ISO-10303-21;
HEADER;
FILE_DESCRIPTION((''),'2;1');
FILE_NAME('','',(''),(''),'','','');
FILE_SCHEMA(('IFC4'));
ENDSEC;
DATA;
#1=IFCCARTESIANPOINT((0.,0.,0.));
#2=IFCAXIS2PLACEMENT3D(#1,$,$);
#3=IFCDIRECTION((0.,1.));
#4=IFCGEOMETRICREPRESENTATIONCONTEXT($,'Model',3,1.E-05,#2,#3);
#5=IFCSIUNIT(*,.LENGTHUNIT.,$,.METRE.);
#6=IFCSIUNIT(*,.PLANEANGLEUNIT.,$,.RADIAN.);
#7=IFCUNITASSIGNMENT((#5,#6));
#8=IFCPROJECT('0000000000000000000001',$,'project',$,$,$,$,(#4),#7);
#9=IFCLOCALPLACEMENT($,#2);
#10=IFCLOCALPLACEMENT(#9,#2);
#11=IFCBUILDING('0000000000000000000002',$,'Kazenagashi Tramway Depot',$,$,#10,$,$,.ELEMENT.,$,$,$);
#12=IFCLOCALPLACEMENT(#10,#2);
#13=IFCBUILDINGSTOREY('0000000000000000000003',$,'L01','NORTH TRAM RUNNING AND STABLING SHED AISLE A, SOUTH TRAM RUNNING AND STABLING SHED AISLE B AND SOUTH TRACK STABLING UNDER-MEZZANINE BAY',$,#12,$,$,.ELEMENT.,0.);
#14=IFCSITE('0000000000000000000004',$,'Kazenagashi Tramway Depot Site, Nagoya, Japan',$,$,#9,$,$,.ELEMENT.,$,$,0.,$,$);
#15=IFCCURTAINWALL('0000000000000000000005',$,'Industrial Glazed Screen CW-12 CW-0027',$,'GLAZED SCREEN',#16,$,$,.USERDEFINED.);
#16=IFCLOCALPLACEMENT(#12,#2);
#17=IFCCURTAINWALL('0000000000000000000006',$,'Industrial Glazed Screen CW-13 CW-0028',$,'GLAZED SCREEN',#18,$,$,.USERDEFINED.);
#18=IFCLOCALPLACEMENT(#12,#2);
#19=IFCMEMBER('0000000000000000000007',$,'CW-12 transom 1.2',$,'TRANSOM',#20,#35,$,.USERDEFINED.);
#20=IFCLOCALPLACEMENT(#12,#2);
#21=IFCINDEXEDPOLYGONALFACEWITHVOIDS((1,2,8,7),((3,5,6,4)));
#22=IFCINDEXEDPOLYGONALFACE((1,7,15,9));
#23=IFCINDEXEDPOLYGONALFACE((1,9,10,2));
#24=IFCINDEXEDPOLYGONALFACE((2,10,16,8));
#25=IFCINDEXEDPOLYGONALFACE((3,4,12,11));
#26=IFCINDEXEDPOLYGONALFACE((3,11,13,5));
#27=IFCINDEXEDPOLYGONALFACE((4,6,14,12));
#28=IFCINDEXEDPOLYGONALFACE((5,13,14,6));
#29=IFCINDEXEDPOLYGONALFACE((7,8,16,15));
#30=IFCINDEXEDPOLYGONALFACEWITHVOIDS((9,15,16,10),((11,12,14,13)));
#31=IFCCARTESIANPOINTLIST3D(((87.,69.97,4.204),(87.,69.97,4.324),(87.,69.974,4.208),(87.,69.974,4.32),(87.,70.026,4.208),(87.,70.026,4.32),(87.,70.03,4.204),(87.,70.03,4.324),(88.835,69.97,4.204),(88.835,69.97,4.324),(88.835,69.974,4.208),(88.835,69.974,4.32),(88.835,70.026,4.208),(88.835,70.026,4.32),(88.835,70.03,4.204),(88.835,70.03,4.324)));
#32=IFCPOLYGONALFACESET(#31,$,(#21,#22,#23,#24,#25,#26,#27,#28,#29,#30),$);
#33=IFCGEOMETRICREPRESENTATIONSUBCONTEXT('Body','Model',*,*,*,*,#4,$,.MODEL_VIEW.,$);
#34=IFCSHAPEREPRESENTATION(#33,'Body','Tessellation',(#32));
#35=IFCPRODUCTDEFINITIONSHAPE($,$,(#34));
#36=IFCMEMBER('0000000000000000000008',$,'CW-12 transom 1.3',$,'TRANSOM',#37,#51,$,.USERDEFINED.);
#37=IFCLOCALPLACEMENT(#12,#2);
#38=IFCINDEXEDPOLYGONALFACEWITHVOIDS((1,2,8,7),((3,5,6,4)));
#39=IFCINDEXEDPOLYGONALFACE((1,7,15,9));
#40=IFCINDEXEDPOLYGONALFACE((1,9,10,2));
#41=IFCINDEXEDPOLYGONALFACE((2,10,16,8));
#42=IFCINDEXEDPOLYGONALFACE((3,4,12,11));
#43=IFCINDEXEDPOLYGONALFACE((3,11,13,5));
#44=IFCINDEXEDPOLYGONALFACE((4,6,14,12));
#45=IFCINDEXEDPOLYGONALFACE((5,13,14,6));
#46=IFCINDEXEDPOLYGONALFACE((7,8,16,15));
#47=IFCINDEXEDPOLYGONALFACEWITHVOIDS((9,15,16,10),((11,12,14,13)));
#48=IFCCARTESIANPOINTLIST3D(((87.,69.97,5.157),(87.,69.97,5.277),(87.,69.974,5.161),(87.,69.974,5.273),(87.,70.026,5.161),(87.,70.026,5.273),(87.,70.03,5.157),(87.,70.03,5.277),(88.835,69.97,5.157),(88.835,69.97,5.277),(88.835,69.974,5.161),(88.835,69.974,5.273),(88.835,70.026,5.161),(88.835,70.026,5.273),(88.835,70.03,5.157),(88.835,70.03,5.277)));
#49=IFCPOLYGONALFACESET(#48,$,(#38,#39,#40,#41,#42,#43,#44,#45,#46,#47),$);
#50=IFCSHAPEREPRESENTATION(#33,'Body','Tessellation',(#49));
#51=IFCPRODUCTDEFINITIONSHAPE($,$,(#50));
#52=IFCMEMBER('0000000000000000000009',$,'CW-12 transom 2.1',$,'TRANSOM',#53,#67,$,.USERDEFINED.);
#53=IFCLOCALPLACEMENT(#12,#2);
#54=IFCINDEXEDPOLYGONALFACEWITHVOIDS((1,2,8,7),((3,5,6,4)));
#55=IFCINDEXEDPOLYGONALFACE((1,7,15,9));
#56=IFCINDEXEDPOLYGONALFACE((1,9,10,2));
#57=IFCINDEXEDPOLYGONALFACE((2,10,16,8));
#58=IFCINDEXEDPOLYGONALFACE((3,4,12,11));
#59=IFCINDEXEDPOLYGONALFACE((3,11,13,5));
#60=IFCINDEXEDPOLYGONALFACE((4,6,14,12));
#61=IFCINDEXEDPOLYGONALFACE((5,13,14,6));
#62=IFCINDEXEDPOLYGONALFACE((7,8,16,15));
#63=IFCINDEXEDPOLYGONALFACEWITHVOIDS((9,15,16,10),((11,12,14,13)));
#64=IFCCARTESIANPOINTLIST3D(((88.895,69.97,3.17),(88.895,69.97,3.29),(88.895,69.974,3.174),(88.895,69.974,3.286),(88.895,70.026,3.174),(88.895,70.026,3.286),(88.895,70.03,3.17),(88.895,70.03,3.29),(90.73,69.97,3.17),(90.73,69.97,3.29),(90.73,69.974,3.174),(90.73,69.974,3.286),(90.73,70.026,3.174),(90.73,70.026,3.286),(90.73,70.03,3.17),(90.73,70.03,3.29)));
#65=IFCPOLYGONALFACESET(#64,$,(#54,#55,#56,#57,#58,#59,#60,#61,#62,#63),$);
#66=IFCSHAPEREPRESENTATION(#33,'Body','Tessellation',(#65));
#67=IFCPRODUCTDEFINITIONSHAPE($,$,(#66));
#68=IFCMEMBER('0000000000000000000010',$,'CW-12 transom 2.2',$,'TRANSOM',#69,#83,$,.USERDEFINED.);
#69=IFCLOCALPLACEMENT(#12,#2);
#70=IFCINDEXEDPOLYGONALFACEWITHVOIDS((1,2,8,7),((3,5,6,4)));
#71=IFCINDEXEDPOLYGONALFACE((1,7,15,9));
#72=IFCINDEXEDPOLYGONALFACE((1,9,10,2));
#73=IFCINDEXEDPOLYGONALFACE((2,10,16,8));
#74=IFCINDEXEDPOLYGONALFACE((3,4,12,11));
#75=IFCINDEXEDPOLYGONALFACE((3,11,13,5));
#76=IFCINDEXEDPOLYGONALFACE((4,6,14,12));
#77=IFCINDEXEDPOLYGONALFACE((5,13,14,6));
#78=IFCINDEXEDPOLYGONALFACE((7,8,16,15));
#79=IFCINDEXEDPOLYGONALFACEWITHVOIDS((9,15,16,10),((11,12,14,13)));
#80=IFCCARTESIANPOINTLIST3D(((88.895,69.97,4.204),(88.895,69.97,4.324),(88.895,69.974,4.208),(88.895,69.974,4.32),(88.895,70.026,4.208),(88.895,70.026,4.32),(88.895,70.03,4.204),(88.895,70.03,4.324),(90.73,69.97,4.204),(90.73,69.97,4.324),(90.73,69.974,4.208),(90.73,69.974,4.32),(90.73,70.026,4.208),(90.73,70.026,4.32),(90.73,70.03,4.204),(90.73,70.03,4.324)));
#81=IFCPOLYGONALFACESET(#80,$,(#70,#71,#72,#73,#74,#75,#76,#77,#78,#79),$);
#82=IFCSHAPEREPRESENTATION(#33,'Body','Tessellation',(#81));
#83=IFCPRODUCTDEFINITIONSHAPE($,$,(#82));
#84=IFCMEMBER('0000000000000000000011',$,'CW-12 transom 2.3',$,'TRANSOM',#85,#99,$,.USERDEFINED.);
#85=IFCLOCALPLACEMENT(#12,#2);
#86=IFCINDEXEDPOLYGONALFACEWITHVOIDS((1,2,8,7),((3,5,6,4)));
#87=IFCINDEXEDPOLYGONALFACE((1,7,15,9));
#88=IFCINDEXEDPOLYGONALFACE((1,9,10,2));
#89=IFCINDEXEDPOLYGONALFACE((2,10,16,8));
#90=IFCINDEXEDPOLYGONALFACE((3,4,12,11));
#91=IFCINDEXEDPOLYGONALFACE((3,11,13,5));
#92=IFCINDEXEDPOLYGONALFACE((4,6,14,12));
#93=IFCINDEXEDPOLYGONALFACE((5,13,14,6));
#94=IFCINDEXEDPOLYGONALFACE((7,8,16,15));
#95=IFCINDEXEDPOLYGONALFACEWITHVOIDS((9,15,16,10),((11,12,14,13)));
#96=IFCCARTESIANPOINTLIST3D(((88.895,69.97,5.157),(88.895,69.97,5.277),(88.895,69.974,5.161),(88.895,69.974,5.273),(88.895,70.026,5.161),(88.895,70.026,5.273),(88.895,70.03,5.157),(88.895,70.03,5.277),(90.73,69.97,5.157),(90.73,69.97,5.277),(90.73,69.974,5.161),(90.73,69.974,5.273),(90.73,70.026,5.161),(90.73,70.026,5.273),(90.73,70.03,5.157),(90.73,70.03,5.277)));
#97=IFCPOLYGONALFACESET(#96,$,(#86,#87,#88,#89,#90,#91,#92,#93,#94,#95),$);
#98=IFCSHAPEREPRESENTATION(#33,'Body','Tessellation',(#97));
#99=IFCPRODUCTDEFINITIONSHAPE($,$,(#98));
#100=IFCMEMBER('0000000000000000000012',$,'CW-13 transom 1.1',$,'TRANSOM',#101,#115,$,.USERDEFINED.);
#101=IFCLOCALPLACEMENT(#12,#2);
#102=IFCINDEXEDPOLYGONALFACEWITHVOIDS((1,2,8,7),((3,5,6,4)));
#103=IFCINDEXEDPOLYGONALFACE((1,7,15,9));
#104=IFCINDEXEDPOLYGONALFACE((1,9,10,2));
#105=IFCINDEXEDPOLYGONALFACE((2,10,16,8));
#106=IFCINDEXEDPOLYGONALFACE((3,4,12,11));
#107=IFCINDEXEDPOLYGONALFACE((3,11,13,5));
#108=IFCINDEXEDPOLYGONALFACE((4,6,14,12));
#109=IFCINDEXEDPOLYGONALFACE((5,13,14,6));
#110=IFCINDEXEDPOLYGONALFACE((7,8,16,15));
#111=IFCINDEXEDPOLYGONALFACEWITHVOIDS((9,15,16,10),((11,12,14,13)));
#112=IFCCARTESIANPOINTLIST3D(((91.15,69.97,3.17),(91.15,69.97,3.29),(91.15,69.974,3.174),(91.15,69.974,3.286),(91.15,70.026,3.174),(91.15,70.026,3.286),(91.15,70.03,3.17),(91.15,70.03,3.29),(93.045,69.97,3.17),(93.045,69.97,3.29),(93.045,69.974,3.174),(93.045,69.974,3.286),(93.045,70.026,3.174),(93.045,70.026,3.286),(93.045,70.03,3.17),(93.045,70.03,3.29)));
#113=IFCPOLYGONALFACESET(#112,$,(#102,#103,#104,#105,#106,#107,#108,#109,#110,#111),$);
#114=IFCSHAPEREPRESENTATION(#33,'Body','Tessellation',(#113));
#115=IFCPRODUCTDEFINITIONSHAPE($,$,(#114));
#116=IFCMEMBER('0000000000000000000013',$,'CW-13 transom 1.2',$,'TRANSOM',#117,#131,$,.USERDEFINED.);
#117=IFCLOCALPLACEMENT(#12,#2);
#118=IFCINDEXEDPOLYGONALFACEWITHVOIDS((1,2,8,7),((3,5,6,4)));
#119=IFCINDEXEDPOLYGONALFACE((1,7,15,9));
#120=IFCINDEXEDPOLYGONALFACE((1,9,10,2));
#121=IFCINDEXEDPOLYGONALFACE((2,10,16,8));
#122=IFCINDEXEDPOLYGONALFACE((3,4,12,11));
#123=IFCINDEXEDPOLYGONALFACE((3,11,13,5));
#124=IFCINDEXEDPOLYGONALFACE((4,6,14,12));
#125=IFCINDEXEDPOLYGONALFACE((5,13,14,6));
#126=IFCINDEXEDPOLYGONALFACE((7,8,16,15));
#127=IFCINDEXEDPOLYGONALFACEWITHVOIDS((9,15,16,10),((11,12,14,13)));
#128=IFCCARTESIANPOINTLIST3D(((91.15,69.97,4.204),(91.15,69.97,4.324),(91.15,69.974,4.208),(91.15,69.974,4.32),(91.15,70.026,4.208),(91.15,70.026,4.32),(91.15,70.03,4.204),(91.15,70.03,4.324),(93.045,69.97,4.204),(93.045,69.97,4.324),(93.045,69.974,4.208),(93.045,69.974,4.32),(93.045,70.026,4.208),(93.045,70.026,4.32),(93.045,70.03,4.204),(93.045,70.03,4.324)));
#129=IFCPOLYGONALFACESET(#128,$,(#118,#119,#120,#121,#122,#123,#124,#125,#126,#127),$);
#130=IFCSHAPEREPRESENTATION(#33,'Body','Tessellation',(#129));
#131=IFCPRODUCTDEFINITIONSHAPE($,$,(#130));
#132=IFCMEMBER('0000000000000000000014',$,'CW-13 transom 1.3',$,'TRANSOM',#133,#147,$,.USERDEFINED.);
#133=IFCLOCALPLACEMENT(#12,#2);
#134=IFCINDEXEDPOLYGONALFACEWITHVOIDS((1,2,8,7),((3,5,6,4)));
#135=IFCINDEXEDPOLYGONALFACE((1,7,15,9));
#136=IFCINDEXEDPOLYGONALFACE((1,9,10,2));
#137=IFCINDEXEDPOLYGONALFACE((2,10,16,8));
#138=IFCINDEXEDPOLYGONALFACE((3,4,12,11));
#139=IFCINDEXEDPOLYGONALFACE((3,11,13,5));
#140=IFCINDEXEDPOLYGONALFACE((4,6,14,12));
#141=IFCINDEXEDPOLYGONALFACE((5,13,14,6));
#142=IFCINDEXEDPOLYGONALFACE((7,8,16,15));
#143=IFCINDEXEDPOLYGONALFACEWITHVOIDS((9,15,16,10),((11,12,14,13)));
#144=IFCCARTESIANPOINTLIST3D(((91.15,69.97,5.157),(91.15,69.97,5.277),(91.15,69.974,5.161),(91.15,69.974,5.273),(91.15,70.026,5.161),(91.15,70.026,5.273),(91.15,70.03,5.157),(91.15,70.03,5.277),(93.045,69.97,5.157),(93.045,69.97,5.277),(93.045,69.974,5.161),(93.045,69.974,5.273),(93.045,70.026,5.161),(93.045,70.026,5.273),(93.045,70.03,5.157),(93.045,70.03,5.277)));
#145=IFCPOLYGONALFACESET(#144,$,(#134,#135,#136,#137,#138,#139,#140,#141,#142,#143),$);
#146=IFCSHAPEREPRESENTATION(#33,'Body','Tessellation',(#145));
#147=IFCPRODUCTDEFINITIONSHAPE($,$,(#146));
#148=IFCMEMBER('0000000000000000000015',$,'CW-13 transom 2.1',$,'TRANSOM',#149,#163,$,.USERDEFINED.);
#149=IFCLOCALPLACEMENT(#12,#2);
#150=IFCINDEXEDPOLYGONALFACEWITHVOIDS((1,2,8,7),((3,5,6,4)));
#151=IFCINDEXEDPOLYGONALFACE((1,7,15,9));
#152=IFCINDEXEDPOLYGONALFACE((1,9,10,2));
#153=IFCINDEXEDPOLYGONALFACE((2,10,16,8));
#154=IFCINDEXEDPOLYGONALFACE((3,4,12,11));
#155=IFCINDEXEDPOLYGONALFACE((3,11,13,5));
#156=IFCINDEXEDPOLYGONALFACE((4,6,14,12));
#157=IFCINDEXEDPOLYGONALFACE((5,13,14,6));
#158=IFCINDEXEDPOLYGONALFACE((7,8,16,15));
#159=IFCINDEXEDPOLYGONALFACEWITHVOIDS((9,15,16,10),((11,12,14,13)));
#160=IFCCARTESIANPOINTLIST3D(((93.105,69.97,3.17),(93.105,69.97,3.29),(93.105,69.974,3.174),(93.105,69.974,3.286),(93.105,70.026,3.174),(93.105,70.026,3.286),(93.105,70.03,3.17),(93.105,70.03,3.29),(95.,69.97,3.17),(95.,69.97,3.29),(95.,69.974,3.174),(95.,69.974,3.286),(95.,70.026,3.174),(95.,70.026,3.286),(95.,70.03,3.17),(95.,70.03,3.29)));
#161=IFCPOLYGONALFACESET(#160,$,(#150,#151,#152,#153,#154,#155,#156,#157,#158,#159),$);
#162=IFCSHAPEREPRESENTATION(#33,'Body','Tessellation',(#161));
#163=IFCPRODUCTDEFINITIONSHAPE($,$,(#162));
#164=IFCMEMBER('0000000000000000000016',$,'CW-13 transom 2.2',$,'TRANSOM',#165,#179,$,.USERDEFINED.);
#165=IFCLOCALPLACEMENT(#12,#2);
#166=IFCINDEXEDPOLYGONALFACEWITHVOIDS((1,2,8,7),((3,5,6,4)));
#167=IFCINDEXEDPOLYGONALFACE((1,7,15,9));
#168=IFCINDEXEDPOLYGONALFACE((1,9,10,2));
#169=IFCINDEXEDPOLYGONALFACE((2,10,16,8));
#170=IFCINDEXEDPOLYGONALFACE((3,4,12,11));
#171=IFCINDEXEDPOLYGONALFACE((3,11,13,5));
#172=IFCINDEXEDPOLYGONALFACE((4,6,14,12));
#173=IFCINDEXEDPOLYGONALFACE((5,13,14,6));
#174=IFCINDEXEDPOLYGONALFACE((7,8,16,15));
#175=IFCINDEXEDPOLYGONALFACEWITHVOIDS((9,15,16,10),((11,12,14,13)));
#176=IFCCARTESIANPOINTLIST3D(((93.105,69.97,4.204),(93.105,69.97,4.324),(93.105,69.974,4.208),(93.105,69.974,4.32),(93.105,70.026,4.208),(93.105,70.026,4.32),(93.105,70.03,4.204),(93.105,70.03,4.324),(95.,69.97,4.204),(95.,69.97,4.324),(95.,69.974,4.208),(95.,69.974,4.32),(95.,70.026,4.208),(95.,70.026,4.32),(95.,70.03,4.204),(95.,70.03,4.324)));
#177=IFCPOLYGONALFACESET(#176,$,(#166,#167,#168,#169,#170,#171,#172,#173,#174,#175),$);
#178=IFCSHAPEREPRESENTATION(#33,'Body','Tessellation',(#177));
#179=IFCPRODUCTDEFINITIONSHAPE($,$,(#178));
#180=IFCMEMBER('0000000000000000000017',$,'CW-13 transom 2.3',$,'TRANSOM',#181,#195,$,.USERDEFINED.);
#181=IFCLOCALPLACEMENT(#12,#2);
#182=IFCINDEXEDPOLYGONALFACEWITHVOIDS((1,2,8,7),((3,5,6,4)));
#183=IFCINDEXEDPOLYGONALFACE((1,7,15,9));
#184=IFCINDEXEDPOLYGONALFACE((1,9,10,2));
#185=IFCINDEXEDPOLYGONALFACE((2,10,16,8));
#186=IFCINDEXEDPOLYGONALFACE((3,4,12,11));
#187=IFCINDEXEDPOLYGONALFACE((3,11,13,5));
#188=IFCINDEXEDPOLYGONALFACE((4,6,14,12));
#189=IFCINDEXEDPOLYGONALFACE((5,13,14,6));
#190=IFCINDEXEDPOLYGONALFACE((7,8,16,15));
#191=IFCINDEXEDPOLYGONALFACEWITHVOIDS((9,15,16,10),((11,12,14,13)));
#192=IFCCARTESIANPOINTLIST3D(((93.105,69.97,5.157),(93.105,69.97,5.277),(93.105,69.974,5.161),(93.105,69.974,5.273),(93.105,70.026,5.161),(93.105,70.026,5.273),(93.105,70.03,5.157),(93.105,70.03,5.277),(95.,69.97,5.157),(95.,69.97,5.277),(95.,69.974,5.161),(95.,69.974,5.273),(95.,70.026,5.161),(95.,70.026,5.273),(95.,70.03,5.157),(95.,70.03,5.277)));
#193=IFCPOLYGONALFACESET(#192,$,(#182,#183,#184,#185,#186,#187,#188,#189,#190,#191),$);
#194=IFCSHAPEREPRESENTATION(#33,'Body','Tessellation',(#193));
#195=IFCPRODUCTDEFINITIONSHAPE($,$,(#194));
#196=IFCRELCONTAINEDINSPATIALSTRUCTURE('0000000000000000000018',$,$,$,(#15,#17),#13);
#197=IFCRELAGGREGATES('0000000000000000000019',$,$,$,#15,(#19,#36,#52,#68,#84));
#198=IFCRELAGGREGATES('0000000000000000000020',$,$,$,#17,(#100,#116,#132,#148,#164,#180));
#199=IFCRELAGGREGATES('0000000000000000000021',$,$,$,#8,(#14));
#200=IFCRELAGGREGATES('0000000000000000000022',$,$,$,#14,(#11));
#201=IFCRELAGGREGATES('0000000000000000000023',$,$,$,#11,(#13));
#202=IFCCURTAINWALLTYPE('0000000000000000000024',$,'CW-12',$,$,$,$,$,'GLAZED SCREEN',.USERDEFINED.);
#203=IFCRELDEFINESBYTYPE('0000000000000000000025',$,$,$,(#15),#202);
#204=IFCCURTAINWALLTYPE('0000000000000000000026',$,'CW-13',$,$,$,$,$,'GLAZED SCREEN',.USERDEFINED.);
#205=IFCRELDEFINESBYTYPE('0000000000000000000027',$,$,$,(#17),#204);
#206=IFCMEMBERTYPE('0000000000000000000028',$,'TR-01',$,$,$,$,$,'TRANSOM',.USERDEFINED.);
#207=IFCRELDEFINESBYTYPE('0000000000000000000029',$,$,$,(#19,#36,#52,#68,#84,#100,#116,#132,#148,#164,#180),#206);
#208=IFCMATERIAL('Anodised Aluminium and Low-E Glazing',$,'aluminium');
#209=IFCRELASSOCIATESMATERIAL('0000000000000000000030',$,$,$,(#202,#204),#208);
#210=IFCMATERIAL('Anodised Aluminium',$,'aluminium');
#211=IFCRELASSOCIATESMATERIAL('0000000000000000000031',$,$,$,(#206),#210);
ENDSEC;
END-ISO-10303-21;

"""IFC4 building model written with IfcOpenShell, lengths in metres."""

from ifc_helpers import new_model, si_unit, direction, frame, origin, origin_2d, place, context, subcontext, project, spatial, hollow_rectangle, extrude, material, material_profile, profile_set, type_object, element, aggregate, save


model = new_model("IFC4")

# Units and contexts
model_context = context("Model", 3, precision=1e-05, world=origin(), true_north=direction((0.0, 1.0)))
body_context = subcontext(model_context, "Body", "Model", "MODEL_VIEW")
ifc_project = project(units=[si_unit("LENGTHUNIT", "METRE"), si_unit("PLANEANGLEUNIT", "RADIAN")], contexts=[model_context])

# Site, building, storey
site_placement = place(None, origin())
site = spatial("IfcSite", under=ifc_project, at=site_placement, Name="Kazenagashi Tramway Depot Site, Nagoya, Japan", CompositionType="ELEMENT", RefElevation=0.0)
building_placement = place(site_placement, origin())
building = spatial("IfcBuilding", under=site, at=building_placement, Name="Kazenagashi Tramway Depot", CompositionType="ELEMENT")
storey_placement = place(building_placement, origin())
storey = spatial("IfcBuildingStorey", under=building, at=storey_placement, Name="L01", Description="NORTH TRAM RUNNING AND STABLING SHED AISLE A, SOUTH TRAM RUNNING AND STABLING SHED AISLE B AND SOUTH TRACK STABLING UNDER-MEZZANINE BAY", CompositionType="ELEMENT", Elevation=0.0)

# Curtain walls
ifc_material_1 = material(Name="Anodised Aluminium and Low-E Glazing", Category="aluminium")
curtain_wall_type_1 = type_object("IfcCurtainWallType", Name="CW-12", ElementType="GLAZED SCREEN", PredefinedType="USERDEFINED", material=ifc_material_1)
curtain_wall_1_placement = place(storey_placement, origin())
curtain_wall_1 = element("IfcCurtainWall", 1, at=curtain_wall_1_placement, inside=storey, type_object=curtain_wall_type_1, Name="Industrial Glazed Screen CW-12 CW-0027", ObjectType="GLAZED SCREEN", PredefinedType="USERDEFINED")
ifc_material_2 = material(Name="Anodised Aluminium", Category="aluminium")
curtain_wall_type_2 = type_object("IfcCurtainWallType", Name="CW-13", ElementType="GLAZED SCREEN", PredefinedType="USERDEFINED", material=ifc_material_1)
curtain_wall_2_placement = place(storey_placement, origin())
curtain_wall_2 = element("IfcCurtainWall", 2, at=curtain_wall_2_placement, inside=storey, type_object=curtain_wall_type_2, Name="Industrial Glazed Screen CW-13 CW-0028", ObjectType="GLAZED SCREEN", PredefinedType="USERDEFINED")

# Members
ifc_material_profile_1 = material_profile(ifc_material_2, hollow_rectangle(XDim=0.06, YDim=0.12, WallThickness=0.004, at=origin_2d()), Name="RHS-120x60x4")
ifc_profile_set_1 = profile_set([ifc_material_profile_1], Name="Anodised Aluminium")
member_type_1 = type_object("IfcMemberType", Name="TR-01", ElementType="TRANSOM", PredefinedType="USERDEFINED", material=ifc_profile_set_1)
member_1_placement = place(storey_placement, frame((87.0, 70.0, 4.264), z_axis=(1.0, 0.0, 0.0), x_axis=(0.0, 1.0, 0.0)))
member_1 = element("IfcMember", 3, at=member_1_placement, type_object=member_type_1, Name="CW-12 transom 1.2", ObjectType="TRANSOM", PredefinedType="USERDEFINED", context=body_context, shape_type="SweptSolid", body=[
    extrude(hollow_rectangle(XDim=0.06, YDim=0.12, WallThickness=0.004, at=origin_2d()), origin(), (0.0, 0.0, 1.0), 1.835),
])
member_2_placement = place(storey_placement, frame((87.0, 70.0, 5.217), z_axis=(1.0, 0.0, 0.0), x_axis=(0.0, 1.0, 0.0)))
member_2 = element("IfcMember", 4, at=member_2_placement, type_object=member_type_1, Name="CW-12 transom 1.3", ObjectType="TRANSOM", PredefinedType="USERDEFINED", context=body_context, shape_type="SweptSolid", body=[
    extrude(hollow_rectangle(XDim=0.06, YDim=0.12, WallThickness=0.004, at=origin_2d()), origin(), (0.0, 0.0, 1.0), 1.835),
])
member_3_placement = place(storey_placement, frame((88.895, 70.0, 3.23), z_axis=(1.0, 0.0, 0.0), x_axis=(0.0, 1.0, 0.0)))
member_3 = element("IfcMember", 5, at=member_3_placement, type_object=member_type_1, Name="CW-12 transom 2.1", ObjectType="TRANSOM", PredefinedType="USERDEFINED", context=body_context, shape_type="SweptSolid", body=[
    extrude(hollow_rectangle(XDim=0.06, YDim=0.12, WallThickness=0.004, at=origin_2d()), origin(), (0.0, 0.0, 1.0), 1.835),
])
member_4_placement = place(storey_placement, frame((88.895, 70.0, 4.264), z_axis=(1.0, 0.0, 0.0), x_axis=(0.0, 1.0, 0.0)))
member_4 = element("IfcMember", 6, at=member_4_placement, type_object=member_type_1, Name="CW-12 transom 2.2", ObjectType="TRANSOM", PredefinedType="USERDEFINED", context=body_context, shape_type="SweptSolid", body=[
    extrude(hollow_rectangle(XDim=0.06, YDim=0.12, WallThickness=0.004, at=origin_2d()), origin(), (0.0, 0.0, 1.0), 1.835),
])
member_5_placement = place(storey_placement, frame((88.895, 70.0, 5.217), z_axis=(1.0, 0.0, 0.0), x_axis=(0.0, 1.0, 0.0)))
member_5 = element("IfcMember", 7, at=member_5_placement, type_object=member_type_1, Name="CW-12 transom 2.3", ObjectType="TRANSOM", PredefinedType="USERDEFINED", context=body_context, shape_type="SweptSolid", body=[
    extrude(hollow_rectangle(XDim=0.06, YDim=0.12, WallThickness=0.004, at=origin_2d()), origin(), (0.0, 0.0, 1.0), 1.835),
])
member_6_placement = place(storey_placement, frame((91.15, 70.0, 3.23), z_axis=(1.0, 0.0, 0.0), x_axis=(0.0, 1.0, 0.0)))
member_6 = element("IfcMember", 8, at=member_6_placement, type_object=member_type_1, Name="CW-13 transom 1.1", ObjectType="TRANSOM", PredefinedType="USERDEFINED", context=body_context, shape_type="SweptSolid", body=[
    extrude(hollow_rectangle(XDim=0.06, YDim=0.12, WallThickness=0.004, at=origin_2d()), origin(), (0.0, 0.0, 1.0), 1.895),
])
member_7_placement = place(storey_placement, frame((91.15, 70.0, 4.264), z_axis=(1.0, 0.0, 0.0), x_axis=(0.0, 1.0, 0.0)))
member_7 = element("IfcMember", 9, at=member_7_placement, type_object=member_type_1, Name="CW-13 transom 1.2", ObjectType="TRANSOM", PredefinedType="USERDEFINED", context=body_context, shape_type="SweptSolid", body=[
    extrude(hollow_rectangle(XDim=0.06, YDim=0.12, WallThickness=0.004, at=origin_2d()), origin(), (0.0, 0.0, 1.0), 1.895),
])
member_8_placement = place(storey_placement, frame((91.15, 70.0, 5.217), z_axis=(1.0, 0.0, 0.0), x_axis=(0.0, 1.0, 0.0)))
member_8 = element("IfcMember", 10, at=member_8_placement, type_object=member_type_1, Name="CW-13 transom 1.3", ObjectType="TRANSOM", PredefinedType="USERDEFINED", context=body_context, shape_type="SweptSolid", body=[
    extrude(hollow_rectangle(XDim=0.06, YDim=0.12, WallThickness=0.004, at=origin_2d()), origin(), (0.0, 0.0, 1.0), 1.895),
])
member_9_placement = place(storey_placement, frame((93.105, 70.0, 3.23), z_axis=(1.0, 0.0, 0.0), x_axis=(0.0, 1.0, 0.0)))
member_9 = element("IfcMember", 11, at=member_9_placement, type_object=member_type_1, Name="CW-13 transom 2.1", ObjectType="TRANSOM", PredefinedType="USERDEFINED", context=body_context, shape_type="SweptSolid", body=[
    extrude(hollow_rectangle(XDim=0.06, YDim=0.12, WallThickness=0.004, at=origin_2d()), origin(), (0.0, 0.0, 1.0), 1.895),
])
member_10_placement = place(storey_placement, frame((93.105, 70.0, 4.264), z_axis=(1.0, 0.0, 0.0), x_axis=(0.0, 1.0, 0.0)))
member_10 = element("IfcMember", 12, at=member_10_placement, type_object=member_type_1, Name="CW-13 transom 2.2", ObjectType="TRANSOM", PredefinedType="USERDEFINED", context=body_context, shape_type="SweptSolid", body=[
    extrude(hollow_rectangle(XDim=0.06, YDim=0.12, WallThickness=0.004, at=origin_2d()), origin(), (0.0, 0.0, 1.0), 1.895),
])
member_11_placement = place(storey_placement, frame((93.105, 70.0, 5.217), z_axis=(1.0, 0.0, 0.0), x_axis=(0.0, 1.0, 0.0)))
member_11 = element("IfcMember", 13, at=member_11_placement, type_object=member_type_1, Name="CW-13 transom 2.3", ObjectType="TRANSOM", PredefinedType="USERDEFINED", context=body_context, shape_type="SweptSolid", body=[
    extrude(hollow_rectangle(XDim=0.06, YDim=0.12, WallThickness=0.004, at=origin_2d()), origin(), (0.0, 0.0, 1.0), 1.895),
])

aggregate(curtain_wall_1, [member_1, member_2, member_3, member_4, member_5])
aggregate(curtain_wall_2, [member_6, member_7, member_8, member_9, member_10, member_11])

save(model, "model.ifc")
